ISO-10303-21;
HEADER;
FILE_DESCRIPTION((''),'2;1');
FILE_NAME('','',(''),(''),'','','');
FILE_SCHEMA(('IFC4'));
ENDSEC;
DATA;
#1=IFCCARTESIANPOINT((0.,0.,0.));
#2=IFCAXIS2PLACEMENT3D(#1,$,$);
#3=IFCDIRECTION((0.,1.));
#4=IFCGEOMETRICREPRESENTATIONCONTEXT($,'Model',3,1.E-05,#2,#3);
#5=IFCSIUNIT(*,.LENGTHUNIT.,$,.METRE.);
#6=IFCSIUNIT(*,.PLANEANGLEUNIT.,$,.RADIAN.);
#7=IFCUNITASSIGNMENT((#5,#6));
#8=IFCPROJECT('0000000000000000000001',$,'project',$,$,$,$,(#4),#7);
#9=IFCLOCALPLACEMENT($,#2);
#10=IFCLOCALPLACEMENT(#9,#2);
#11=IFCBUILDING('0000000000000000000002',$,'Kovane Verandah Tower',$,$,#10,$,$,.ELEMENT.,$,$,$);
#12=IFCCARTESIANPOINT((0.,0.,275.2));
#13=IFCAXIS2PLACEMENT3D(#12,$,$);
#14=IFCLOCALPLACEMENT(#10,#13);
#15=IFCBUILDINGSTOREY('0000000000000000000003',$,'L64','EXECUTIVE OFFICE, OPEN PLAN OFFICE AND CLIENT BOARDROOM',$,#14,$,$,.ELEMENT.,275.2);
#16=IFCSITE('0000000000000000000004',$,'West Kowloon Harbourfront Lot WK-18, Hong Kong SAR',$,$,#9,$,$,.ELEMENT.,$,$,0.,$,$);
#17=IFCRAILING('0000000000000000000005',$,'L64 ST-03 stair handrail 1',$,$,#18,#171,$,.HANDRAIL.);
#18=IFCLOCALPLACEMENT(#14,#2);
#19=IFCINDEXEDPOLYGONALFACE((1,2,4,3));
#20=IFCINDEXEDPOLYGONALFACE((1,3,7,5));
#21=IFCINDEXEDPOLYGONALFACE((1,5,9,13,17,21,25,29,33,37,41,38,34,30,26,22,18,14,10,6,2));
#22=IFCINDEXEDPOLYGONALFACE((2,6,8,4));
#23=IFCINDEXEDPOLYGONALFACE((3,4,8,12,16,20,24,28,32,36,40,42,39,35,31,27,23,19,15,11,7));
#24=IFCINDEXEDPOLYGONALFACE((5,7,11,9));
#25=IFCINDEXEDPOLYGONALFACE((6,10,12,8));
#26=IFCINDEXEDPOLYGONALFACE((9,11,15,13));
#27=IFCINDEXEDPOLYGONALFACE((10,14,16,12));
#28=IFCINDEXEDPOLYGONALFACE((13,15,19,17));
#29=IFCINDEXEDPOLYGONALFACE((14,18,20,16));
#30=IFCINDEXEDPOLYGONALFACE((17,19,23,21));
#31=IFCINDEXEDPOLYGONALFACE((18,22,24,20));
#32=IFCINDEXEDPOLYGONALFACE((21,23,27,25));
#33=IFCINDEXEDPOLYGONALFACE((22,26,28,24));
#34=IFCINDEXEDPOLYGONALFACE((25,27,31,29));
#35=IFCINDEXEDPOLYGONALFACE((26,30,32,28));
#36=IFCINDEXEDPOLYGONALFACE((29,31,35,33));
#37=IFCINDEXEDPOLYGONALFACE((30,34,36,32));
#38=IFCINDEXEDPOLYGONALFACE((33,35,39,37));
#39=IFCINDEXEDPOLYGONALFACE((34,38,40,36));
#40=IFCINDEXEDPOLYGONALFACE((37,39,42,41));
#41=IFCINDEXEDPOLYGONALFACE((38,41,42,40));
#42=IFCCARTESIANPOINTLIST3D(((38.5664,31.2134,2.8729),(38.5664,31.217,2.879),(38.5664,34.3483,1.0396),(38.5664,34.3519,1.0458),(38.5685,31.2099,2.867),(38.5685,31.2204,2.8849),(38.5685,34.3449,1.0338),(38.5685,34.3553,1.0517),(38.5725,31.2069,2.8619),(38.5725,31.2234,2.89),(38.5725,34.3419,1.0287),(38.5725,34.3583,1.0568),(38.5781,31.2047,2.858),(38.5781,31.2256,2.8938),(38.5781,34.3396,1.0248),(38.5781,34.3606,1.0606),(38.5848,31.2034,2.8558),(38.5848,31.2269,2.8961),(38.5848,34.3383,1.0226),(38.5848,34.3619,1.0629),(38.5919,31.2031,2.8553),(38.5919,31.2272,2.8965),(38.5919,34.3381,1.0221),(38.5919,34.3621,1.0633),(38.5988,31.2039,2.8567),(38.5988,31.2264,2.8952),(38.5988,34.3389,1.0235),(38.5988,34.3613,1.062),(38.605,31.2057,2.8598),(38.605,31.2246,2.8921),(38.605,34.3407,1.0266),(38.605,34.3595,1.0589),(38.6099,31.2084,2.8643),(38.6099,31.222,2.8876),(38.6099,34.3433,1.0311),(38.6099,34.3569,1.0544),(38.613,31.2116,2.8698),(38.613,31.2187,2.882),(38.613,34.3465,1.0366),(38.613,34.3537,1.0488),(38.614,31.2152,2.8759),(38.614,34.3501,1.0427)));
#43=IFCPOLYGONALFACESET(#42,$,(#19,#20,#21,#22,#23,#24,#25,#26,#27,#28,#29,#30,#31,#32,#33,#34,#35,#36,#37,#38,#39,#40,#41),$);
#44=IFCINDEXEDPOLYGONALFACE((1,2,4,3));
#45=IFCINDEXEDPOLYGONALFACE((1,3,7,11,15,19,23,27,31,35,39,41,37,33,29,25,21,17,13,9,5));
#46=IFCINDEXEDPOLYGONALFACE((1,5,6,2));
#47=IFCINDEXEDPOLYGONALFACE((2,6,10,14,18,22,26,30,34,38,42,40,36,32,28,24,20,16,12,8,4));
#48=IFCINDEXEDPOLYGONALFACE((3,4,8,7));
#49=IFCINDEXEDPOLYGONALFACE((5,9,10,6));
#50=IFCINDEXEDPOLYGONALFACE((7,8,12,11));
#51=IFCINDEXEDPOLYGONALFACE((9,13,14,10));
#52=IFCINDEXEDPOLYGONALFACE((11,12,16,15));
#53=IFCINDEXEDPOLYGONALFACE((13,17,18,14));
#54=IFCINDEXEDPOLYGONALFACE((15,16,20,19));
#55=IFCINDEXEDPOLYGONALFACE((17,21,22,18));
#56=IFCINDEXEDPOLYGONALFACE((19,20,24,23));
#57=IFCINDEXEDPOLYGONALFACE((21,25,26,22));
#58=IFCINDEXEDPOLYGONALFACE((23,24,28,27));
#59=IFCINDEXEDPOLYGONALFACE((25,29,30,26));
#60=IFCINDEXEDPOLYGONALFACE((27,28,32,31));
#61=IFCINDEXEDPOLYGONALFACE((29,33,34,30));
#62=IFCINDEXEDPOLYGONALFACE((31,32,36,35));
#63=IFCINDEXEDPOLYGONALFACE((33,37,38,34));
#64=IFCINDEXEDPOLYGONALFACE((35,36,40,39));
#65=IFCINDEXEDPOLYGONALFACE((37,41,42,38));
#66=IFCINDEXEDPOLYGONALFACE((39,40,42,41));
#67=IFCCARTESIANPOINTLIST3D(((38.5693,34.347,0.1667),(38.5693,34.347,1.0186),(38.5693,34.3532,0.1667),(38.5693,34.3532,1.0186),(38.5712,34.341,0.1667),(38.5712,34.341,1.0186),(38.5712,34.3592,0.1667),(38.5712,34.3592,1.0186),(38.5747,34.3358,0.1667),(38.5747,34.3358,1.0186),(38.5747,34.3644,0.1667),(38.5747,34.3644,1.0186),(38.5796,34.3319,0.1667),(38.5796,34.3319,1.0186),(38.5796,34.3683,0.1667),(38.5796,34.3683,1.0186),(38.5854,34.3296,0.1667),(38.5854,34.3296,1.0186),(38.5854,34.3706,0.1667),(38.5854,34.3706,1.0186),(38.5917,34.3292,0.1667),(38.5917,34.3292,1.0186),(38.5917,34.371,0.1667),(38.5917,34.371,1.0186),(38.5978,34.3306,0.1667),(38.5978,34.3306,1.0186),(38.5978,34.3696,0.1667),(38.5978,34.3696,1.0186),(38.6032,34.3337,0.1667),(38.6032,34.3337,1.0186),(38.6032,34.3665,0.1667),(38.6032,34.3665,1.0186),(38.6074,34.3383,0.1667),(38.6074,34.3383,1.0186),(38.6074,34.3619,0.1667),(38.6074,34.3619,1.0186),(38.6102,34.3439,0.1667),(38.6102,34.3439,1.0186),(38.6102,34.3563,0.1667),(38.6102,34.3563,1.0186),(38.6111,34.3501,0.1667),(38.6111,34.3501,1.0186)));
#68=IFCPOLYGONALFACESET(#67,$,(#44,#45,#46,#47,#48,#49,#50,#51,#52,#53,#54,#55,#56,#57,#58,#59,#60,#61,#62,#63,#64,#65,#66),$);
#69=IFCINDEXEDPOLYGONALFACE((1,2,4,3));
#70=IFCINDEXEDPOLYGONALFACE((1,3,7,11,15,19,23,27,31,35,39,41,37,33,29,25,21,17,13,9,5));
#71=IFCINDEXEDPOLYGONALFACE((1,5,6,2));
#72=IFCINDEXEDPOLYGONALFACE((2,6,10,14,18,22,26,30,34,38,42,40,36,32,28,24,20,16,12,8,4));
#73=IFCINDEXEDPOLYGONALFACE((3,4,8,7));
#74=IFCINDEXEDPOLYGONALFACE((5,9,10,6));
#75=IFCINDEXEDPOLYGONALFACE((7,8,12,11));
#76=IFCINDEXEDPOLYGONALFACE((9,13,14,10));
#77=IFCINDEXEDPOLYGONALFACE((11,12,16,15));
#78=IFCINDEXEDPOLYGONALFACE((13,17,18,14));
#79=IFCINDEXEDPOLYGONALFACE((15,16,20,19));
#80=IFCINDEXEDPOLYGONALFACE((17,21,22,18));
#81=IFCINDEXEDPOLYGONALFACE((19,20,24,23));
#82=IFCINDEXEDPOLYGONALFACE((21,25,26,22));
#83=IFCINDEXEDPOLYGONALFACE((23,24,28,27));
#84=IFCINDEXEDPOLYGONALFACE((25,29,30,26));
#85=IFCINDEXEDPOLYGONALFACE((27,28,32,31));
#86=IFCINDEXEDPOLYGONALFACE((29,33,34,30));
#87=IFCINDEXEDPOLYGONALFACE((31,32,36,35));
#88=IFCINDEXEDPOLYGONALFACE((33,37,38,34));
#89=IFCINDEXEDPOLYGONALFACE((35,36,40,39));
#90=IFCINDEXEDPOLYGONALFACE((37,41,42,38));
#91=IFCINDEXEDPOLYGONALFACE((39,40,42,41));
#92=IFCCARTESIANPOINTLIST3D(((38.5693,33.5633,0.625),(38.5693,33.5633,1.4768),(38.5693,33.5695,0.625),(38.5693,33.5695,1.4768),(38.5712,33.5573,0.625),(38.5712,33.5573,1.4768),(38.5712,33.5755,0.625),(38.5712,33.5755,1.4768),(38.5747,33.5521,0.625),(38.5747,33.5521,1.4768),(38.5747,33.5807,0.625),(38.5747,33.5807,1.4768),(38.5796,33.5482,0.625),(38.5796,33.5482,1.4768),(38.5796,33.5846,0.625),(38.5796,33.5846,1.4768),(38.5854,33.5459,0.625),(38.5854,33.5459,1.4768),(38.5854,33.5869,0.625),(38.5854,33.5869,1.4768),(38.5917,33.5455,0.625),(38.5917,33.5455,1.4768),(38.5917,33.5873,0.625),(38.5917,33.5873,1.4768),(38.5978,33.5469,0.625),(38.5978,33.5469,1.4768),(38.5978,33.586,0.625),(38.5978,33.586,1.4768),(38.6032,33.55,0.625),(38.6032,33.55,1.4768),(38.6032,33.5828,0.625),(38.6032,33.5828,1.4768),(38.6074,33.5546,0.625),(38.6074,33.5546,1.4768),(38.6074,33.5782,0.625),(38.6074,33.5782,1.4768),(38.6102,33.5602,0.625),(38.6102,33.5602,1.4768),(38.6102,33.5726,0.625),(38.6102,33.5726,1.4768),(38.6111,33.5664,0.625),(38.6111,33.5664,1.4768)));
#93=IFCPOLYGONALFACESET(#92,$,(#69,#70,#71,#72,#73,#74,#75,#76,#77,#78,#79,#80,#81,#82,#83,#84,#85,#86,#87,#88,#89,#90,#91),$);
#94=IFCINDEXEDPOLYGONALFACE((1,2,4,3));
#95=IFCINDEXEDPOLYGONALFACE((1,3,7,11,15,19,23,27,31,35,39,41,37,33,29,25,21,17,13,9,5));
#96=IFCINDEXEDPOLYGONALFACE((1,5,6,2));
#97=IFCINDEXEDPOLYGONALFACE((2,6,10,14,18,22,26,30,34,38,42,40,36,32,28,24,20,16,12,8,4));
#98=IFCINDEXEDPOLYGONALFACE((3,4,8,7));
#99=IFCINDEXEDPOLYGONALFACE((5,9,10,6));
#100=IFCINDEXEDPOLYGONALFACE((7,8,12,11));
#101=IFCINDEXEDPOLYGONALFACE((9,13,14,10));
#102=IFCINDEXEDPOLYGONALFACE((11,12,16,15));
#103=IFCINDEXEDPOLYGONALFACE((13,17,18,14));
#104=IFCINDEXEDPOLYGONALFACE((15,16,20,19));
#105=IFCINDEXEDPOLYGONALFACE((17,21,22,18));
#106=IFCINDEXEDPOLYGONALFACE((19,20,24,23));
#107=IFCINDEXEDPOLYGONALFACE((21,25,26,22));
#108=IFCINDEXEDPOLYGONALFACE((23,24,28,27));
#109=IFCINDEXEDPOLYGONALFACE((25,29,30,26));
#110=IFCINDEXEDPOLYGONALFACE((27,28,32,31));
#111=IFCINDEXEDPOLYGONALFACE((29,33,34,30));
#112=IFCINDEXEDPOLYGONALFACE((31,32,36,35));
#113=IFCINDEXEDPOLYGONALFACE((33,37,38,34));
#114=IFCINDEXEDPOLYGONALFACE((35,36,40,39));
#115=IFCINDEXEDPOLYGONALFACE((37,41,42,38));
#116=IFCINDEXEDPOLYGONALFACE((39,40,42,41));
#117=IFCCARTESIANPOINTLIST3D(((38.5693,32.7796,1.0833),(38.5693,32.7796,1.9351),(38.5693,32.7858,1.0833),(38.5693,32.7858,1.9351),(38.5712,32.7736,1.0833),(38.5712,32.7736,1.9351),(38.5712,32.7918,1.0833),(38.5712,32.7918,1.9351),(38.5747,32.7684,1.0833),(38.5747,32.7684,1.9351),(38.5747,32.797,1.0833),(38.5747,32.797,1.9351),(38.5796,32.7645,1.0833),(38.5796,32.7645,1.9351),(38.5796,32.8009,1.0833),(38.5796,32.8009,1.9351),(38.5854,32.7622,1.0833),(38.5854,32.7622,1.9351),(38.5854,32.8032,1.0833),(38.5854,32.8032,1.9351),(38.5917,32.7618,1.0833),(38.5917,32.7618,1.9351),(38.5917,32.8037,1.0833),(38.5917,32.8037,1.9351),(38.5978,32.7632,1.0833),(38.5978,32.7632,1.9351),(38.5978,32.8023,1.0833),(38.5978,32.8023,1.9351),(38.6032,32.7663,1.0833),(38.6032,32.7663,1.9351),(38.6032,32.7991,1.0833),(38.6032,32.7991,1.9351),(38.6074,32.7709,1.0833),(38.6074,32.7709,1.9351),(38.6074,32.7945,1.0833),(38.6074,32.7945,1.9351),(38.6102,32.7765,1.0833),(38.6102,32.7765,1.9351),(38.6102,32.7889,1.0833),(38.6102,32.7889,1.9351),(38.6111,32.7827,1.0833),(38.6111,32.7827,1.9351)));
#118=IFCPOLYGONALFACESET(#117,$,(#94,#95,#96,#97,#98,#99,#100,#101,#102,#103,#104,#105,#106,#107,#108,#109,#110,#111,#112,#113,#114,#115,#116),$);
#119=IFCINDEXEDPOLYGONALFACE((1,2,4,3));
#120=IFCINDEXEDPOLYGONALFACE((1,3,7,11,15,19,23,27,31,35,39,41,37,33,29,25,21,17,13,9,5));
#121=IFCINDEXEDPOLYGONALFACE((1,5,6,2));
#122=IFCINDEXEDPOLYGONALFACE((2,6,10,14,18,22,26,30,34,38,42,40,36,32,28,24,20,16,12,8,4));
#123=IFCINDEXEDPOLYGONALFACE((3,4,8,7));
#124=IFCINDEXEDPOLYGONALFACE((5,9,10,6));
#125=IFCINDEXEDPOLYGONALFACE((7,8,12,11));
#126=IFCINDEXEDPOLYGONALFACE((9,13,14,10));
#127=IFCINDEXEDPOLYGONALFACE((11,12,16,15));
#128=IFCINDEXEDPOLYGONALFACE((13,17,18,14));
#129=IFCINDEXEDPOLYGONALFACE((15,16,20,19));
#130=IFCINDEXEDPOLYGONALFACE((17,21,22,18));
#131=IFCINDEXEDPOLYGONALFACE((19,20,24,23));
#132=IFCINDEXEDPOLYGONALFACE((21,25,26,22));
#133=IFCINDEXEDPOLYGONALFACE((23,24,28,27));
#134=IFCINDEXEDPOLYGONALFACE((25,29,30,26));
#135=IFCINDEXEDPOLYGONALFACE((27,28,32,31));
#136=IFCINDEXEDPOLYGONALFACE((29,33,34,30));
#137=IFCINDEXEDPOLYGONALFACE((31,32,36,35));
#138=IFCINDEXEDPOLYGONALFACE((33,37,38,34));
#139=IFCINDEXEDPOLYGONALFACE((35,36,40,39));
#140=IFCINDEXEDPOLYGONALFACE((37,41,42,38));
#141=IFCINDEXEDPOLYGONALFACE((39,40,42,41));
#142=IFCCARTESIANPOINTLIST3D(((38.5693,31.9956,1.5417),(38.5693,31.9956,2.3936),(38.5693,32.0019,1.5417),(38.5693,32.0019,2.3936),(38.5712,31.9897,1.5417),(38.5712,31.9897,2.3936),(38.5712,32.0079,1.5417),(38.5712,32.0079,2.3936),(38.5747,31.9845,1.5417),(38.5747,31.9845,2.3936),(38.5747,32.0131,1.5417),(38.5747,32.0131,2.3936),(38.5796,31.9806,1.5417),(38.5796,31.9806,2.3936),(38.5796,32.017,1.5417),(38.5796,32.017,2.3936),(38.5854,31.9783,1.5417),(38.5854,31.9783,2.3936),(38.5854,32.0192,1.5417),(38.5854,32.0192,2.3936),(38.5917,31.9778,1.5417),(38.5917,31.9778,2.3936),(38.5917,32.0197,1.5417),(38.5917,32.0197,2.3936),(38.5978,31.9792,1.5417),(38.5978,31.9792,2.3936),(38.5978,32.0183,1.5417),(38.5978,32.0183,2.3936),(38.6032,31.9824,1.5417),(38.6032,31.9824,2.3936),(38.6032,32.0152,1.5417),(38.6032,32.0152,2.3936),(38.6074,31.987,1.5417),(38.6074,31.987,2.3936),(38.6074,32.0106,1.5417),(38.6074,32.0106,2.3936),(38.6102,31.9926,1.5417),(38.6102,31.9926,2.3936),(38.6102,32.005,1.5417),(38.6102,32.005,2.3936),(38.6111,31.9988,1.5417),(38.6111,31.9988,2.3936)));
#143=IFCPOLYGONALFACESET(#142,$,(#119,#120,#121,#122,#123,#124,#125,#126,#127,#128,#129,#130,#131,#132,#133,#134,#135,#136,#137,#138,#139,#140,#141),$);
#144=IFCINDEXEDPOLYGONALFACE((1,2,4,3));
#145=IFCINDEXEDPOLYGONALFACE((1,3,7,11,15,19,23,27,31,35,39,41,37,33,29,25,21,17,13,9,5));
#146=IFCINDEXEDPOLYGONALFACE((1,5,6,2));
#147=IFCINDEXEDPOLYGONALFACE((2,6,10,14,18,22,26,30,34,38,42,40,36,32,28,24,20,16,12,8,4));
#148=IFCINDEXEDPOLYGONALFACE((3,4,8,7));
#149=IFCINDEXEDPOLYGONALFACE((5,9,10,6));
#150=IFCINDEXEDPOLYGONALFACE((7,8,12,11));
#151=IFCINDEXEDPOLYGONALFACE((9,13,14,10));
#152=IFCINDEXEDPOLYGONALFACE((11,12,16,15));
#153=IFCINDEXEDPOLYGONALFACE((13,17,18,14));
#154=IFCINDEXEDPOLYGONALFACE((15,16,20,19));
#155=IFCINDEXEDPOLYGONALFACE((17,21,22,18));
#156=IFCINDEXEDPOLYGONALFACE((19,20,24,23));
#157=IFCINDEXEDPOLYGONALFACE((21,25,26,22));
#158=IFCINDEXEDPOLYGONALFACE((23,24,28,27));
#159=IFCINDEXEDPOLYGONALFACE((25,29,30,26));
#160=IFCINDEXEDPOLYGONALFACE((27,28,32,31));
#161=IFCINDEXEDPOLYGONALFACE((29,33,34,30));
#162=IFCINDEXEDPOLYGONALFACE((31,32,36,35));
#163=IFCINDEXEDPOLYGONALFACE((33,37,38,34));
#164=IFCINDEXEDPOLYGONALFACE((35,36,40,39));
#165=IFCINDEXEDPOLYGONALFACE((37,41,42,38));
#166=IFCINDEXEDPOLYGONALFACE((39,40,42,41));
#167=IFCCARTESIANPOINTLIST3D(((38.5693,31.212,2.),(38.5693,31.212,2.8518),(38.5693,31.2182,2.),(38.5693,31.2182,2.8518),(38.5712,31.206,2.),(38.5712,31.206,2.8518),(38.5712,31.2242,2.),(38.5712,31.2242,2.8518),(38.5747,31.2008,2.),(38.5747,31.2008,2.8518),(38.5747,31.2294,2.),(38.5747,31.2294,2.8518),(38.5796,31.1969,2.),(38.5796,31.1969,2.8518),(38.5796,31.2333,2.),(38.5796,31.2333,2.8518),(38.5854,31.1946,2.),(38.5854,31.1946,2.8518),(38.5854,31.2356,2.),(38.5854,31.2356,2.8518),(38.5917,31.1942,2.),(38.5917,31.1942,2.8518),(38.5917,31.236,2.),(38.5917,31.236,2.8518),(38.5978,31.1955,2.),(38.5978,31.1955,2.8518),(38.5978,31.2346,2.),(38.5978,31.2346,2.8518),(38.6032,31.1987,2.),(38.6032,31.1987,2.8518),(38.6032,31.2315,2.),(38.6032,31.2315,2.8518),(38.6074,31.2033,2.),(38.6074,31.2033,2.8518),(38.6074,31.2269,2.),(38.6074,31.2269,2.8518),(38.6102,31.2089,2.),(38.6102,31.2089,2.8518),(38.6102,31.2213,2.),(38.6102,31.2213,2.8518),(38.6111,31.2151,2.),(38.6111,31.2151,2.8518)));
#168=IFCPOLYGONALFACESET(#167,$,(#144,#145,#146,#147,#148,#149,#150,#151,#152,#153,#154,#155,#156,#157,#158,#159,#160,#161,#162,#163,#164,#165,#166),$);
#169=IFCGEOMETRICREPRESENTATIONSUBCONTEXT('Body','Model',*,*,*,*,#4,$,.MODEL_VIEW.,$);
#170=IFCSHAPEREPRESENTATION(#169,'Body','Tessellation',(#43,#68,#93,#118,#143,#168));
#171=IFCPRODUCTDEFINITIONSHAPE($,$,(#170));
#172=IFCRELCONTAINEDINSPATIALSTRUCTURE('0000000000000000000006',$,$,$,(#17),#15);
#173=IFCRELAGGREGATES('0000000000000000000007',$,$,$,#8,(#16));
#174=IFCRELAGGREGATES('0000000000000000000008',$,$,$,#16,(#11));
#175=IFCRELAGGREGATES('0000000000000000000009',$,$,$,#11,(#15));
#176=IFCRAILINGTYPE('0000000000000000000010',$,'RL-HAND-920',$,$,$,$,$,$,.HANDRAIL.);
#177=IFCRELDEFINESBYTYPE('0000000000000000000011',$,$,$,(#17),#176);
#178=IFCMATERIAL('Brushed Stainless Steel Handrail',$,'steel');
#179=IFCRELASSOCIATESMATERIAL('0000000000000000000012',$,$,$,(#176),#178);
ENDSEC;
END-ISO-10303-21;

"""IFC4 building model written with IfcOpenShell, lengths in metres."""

from ifc_helpers import new_model, si_unit, direction, frame, origin, origin_2d, place, context, subcontext, project, spatial, circle, extrude, material, type_object, element, save


model = new_model("IFC4")

# Units and contexts
model_context = context("Model", 3, precision=1e-05, world=origin(), true_north=direction((0.0, 1.0)))
body_context = subcontext(model_context, "Body", "Model", "MODEL_VIEW")
ifc_project = project(units=[si_unit("LENGTHUNIT", "METRE"), si_unit("PLANEANGLEUNIT", "RADIAN")], contexts=[model_context])

# Site, building, storey
site_placement = place(None, origin())
site = spatial("IfcSite", under=ifc_project, at=site_placement, Name="West Kowloon Harbourfront Lot WK-18, Hong Kong SAR", CompositionType="ELEMENT", RefElevation=0.0)
building_placement = place(site_placement, origin())
building = spatial("IfcBuilding", under=site, at=building_placement, Name="Kovane Verandah Tower", CompositionType="ELEMENT")
storey_placement = place(building_placement, frame((0.0, 0.0, 275.2)))
storey = spatial("IfcBuildingStorey", under=building, at=storey_placement, Name="L64", Description="EXECUTIVE OFFICE, OPEN PLAN OFFICE AND CLIENT BOARDROOM", CompositionType="ELEMENT", Elevation=275.2)

# Railing
ifc_material_1 = material(Name="Brushed Stainless Steel Handrail", Category="steel")
railing_type_1 = type_object("IfcRailingType", Name="RL-HAND-920", PredefinedType="HANDRAIL", material=ifc_material_1)
for number, where, name in (
    (1, (38.5901, 34.3501, 0.1667), "L64 ST-03 stair handrail 1"),
):
    element("IfcRailing", number, at=place(storey_placement, frame(where)), inside=storey, type_object=railing_type_1, Name=name, PredefinedType="HANDRAIL", context=body_context, shape_type="SweptSolid", body=[
        extrude(circle(Radius=0.0239, at=origin_2d()), frame((0.0, 0.0, 0.876), z_axis=(0.0, -0.86324, 0.504794), x_axis=(1.0, 0.0, 0.0)), (0.0, 0.0, 1.0), 3.6316),
        extrude(circle(Radius=0.021, at=origin_2d()), origin(), (0.0, 0.0, 1.0), 0.8518),
        extrude(circle(Radius=0.021, at=origin_2d()), frame((0.0, -0.7837, 0.4583)), (0.0, 0.0, 1.0), 0.8518),
        extrude(circle(Radius=0.021, at=origin_2d()), frame((0.0, -1.5674, 0.9165)), (0.0, 0.0, 1.0), 0.8518),
        extrude(circle(Radius=0.021, at=origin_2d()), frame((0.0, -2.3513, 1.375)), (0.0, 0.0, 1.0), 0.8518),
        extrude(circle(Radius=0.021, at=origin_2d()), frame((0.0, -3.135, 1.8333)), (0.0, 0.0, 1.0), 0.8518),
    ])

save(model, "model.ifc")
